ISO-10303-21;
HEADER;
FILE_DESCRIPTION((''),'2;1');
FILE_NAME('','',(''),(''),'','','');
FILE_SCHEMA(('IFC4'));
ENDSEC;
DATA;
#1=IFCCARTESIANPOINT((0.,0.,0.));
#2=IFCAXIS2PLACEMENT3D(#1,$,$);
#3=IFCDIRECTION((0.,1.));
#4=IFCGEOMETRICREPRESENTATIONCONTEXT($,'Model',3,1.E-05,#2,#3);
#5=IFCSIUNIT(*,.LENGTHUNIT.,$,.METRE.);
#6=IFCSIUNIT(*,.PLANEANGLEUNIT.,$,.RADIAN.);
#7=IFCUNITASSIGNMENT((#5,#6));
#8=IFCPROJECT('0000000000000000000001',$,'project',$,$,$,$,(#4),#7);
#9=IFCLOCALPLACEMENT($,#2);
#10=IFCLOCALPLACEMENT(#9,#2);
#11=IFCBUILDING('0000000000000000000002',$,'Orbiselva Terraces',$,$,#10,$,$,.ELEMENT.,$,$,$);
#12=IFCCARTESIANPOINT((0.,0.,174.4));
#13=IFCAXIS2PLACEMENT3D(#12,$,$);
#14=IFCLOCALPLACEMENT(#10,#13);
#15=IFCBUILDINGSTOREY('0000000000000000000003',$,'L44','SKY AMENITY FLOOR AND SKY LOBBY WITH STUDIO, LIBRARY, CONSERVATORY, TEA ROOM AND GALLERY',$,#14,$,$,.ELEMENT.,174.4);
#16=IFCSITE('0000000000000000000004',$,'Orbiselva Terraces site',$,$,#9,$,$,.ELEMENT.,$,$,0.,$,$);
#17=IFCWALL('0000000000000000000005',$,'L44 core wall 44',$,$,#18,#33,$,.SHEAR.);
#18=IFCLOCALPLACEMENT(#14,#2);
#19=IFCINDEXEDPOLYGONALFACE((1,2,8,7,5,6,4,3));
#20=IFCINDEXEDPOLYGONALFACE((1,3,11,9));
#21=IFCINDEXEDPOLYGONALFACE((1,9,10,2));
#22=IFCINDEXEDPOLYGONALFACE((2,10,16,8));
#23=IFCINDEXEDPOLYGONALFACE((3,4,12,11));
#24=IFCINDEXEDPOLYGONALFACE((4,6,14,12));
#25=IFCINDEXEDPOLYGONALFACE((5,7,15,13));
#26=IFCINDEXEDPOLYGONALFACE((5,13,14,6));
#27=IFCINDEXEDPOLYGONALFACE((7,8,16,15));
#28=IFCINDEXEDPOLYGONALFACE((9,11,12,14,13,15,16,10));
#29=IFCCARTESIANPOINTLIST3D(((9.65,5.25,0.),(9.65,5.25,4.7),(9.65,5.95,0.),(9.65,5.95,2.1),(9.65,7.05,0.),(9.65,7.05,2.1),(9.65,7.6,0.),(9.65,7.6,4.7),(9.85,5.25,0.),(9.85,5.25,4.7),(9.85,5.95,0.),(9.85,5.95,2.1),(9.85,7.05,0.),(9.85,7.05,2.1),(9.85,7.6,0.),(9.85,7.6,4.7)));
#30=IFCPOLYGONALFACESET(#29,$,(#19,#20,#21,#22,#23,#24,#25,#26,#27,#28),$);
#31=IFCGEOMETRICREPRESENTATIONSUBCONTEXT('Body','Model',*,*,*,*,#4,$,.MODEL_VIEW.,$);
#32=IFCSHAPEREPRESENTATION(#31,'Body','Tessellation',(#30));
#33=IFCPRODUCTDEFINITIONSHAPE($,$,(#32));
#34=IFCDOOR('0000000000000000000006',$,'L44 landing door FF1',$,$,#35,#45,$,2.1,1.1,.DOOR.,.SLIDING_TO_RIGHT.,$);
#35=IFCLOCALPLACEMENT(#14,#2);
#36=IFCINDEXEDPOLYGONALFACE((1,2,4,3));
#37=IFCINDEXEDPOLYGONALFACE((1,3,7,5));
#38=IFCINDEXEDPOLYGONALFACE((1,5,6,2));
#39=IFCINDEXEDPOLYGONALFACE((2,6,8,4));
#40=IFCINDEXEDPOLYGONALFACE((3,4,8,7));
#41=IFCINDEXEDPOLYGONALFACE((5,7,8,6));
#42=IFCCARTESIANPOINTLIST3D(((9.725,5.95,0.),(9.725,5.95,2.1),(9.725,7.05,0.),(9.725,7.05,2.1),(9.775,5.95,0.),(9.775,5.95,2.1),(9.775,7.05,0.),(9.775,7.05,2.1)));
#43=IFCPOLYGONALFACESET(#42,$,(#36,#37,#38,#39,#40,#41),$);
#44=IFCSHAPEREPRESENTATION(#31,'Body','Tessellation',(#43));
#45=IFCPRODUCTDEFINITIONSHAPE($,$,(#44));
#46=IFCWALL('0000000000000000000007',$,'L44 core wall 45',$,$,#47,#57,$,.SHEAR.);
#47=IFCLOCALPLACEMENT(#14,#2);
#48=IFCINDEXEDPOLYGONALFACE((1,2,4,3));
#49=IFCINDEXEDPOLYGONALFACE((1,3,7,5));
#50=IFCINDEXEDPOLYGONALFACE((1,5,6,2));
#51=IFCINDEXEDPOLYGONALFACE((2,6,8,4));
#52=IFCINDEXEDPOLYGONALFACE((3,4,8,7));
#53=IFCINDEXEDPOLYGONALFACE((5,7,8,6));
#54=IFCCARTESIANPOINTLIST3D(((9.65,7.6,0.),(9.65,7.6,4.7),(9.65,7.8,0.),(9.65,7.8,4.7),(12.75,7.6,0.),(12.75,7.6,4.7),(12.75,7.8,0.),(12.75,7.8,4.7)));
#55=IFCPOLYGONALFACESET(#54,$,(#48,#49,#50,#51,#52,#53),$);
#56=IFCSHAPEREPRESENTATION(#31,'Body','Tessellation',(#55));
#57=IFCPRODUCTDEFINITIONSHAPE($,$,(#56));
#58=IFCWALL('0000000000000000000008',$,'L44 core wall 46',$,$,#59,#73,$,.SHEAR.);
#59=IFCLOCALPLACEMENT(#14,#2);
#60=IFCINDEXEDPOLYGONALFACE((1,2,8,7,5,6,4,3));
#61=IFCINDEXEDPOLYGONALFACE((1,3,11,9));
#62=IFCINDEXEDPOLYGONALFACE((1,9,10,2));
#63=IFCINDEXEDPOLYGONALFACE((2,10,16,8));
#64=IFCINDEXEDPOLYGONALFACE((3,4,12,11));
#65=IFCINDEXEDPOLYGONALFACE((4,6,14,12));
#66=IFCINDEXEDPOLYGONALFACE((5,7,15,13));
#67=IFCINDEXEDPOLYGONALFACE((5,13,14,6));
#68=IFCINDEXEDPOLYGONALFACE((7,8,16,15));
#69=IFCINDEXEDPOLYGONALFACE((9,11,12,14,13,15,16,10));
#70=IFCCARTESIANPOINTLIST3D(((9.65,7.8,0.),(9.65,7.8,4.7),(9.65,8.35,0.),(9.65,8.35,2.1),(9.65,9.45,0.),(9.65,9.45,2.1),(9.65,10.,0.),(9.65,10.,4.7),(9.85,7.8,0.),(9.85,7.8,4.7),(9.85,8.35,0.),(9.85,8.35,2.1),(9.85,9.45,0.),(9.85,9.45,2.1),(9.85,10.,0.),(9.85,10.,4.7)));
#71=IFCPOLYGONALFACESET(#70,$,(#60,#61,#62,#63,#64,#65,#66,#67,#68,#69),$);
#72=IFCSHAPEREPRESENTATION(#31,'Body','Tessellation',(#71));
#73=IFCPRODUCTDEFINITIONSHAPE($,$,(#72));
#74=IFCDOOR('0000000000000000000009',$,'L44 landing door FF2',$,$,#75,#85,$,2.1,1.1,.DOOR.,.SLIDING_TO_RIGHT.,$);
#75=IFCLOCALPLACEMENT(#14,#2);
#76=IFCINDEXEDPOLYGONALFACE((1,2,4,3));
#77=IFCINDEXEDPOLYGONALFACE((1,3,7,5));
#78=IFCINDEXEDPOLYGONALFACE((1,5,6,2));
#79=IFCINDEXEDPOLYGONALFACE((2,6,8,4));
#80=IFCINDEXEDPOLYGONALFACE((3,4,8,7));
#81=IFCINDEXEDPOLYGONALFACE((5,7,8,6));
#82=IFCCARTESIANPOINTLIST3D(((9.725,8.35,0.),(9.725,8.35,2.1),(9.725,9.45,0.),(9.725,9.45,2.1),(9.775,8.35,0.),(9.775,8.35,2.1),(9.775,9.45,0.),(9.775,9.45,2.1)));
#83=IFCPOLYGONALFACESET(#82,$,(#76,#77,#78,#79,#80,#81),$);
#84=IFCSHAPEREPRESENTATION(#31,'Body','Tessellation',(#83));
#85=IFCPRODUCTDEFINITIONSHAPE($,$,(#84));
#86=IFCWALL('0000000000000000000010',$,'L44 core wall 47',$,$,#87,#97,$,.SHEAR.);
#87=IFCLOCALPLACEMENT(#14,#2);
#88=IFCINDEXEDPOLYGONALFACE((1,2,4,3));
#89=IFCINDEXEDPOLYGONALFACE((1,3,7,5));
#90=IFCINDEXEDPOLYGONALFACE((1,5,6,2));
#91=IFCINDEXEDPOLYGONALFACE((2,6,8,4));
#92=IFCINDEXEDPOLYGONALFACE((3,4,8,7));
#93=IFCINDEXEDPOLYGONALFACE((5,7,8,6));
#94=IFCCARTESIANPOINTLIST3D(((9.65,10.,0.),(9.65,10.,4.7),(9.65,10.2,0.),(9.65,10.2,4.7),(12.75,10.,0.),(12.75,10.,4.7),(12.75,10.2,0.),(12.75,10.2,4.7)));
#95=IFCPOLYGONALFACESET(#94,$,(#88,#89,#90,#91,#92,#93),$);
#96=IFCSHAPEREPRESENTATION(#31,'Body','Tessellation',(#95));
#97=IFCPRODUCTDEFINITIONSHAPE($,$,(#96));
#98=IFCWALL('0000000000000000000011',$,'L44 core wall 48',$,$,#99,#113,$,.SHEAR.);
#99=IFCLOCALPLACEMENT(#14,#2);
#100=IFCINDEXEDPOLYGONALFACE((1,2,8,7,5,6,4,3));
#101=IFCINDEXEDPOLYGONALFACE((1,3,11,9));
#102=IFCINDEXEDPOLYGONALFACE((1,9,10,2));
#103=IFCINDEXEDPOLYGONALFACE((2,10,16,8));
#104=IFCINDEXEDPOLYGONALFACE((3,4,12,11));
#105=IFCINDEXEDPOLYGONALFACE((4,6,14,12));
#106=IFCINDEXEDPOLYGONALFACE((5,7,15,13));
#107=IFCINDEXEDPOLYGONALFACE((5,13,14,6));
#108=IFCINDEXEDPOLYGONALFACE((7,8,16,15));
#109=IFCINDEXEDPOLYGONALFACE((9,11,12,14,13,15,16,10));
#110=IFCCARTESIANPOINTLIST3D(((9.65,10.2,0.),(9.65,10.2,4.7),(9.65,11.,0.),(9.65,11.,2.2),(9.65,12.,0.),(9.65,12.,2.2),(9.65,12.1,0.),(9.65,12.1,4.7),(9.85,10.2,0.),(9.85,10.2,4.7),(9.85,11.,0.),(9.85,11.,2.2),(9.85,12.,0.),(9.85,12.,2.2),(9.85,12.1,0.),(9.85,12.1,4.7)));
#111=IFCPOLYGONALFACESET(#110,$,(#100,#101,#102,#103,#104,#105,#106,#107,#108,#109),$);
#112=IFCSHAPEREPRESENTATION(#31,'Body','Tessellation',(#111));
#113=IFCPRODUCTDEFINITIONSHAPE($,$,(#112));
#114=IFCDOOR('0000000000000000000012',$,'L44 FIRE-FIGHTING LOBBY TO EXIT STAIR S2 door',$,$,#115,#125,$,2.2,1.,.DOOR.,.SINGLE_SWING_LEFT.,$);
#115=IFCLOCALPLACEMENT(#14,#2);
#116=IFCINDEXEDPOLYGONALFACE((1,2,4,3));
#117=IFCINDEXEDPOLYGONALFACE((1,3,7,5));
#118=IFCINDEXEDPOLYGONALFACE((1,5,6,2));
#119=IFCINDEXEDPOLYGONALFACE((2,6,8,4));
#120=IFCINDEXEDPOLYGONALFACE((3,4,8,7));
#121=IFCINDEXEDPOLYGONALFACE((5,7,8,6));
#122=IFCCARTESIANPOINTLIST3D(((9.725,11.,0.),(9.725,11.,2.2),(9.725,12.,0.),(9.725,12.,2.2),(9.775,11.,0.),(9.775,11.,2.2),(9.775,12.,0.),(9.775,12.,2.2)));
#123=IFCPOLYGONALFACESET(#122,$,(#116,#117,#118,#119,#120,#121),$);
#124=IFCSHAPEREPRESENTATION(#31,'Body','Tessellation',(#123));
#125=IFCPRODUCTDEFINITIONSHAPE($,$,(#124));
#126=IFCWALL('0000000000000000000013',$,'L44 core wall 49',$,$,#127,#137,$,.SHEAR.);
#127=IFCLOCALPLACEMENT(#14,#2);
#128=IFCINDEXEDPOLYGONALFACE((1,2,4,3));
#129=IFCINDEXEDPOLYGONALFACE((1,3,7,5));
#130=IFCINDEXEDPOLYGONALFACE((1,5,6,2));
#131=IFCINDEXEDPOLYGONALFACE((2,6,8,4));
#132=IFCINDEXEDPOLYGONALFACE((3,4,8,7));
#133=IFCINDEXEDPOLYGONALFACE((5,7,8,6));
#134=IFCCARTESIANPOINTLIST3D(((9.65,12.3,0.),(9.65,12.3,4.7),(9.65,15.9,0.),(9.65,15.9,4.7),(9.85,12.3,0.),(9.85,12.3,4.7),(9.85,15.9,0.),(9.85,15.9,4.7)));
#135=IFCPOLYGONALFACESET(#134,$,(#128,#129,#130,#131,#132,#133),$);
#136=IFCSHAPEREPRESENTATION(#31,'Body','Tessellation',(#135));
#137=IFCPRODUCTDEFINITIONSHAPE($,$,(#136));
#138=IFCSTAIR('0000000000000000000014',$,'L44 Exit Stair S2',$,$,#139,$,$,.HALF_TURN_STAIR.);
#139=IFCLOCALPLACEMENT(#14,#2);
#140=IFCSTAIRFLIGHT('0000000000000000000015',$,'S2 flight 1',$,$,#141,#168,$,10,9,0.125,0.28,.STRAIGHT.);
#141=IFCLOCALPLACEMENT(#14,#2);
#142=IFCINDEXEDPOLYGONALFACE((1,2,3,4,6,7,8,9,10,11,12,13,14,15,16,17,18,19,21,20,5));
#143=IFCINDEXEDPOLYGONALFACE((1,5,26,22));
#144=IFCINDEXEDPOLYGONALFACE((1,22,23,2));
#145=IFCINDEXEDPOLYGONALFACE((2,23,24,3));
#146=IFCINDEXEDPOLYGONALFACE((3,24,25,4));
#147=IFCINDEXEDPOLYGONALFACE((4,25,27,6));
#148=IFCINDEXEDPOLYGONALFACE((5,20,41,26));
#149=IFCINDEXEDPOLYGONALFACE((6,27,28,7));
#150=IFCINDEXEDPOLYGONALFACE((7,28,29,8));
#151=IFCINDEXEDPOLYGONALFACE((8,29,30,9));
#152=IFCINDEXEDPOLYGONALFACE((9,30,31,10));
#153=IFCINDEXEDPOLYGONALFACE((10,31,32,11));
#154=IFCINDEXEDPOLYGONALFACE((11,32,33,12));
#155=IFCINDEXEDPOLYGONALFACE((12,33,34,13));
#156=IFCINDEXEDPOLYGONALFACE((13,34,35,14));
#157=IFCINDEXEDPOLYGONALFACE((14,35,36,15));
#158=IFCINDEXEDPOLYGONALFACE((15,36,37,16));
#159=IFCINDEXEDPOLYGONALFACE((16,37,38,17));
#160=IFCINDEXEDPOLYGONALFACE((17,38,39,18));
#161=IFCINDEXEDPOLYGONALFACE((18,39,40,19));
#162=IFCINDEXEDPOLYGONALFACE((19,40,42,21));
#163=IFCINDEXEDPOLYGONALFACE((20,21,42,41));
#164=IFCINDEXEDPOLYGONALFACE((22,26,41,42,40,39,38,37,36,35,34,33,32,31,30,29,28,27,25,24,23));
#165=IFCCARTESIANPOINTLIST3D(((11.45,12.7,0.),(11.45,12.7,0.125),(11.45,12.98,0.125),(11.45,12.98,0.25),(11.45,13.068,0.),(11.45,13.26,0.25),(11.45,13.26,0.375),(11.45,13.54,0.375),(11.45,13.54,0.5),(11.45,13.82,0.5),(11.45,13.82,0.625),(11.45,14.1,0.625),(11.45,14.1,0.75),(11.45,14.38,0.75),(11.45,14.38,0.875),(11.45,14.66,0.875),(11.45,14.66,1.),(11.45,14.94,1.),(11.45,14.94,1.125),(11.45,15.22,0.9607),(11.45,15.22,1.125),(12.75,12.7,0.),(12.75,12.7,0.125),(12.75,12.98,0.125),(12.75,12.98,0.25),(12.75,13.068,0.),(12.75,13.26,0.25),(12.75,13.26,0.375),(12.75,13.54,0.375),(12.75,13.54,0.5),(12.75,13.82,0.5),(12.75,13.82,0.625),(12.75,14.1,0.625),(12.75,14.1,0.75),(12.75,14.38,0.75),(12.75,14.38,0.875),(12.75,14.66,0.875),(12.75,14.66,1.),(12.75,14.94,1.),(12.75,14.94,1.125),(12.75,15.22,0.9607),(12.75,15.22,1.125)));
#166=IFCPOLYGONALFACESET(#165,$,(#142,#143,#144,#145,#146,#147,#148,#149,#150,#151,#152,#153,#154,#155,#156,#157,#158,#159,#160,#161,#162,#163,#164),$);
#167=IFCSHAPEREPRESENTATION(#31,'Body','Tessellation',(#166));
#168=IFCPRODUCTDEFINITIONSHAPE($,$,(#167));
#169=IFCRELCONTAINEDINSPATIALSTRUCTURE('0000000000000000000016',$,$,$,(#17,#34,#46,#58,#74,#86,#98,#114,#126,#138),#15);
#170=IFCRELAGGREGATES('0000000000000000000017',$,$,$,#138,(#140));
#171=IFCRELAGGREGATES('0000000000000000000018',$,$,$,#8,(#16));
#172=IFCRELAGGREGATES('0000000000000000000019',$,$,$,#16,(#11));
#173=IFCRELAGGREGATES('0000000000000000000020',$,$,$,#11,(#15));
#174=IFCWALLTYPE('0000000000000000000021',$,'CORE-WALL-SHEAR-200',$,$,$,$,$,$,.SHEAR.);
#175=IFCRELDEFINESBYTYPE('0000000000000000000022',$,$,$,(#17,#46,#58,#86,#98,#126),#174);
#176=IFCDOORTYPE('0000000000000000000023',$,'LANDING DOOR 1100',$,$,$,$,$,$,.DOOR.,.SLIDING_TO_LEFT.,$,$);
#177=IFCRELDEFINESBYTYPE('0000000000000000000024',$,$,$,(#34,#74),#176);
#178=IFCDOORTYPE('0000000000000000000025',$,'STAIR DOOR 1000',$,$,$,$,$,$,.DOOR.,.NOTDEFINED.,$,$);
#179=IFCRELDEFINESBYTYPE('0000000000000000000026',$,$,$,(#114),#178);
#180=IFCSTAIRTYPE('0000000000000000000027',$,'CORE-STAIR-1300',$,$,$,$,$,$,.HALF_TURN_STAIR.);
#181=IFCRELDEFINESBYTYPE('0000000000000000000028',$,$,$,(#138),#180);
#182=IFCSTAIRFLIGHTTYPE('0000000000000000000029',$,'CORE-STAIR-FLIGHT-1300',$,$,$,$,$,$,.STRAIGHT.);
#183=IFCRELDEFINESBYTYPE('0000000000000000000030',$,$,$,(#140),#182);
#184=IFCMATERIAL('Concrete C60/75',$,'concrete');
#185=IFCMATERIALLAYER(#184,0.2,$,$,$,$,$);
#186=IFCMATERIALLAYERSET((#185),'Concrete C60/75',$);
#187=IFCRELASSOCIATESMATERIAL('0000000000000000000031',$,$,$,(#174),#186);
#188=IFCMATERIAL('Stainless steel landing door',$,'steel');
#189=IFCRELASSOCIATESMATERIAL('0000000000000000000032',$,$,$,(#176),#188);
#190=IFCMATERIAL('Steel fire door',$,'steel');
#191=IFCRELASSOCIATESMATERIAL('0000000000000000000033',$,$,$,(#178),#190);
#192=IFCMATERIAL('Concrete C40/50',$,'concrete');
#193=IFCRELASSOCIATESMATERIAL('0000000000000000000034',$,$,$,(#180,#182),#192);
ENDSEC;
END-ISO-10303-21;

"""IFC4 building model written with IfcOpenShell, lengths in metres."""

from ifc_helpers import new_model, si_unit, direction, frame, frame_2d, origin, place, context, subcontext, project, spatial, polyline, rectangle, outline, extrude, material, layer, layer_set, type_object, element, fill, aggregate, save


model = new_model("IFC4")

# Units and contexts
model_context = context("Model", 3, precision=1e-05, world=origin(), true_north=direction((0.0, 1.0)))
body_context = subcontext(model_context, "Body", "Model", "MODEL_VIEW")
ifc_project = project(units=[si_unit("LENGTHUNIT", "METRE"), si_unit("PLANEANGLEUNIT", "RADIAN")], contexts=[model_context])

# Site, building, storey
site_placement = place(None, origin())
site = spatial("IfcSite", under=ifc_project, at=site_placement, Name="Orbiselva Terraces site", CompositionType="ELEMENT", RefElevation=0.0)
building_placement = place(site_placement, origin())
building = spatial("IfcBuilding", under=site, at=building_placement, Name="Orbiselva Terraces", CompositionType="ELEMENT")
storey_placement = place(building_placement, frame((0.0, 0.0, 174.4)))
storey = spatial("IfcBuildingStorey", under=building, at=storey_placement, Name="L44", Description="SKY AMENITY FLOOR AND SKY LOBBY WITH STUDIO, LIBRARY, CONSERVATORY, TEA ROOM AND GALLERY", CompositionType="ELEMENT", Elevation=174.4)

# Shared definitions
ifc_material_1 = material(Name="Steel fire door", Category="steel")

# Shared definitions
ifc_material_2 = material(Name="Concrete C60/75", Category="concrete")
ifc_layer_1 = layer(ifc_material_2, 0.2)
ifc_layer_set_1 = layer_set([ifc_layer_1], Name="Concrete C60/75")
wall_type_1 = type_object("IfcWallType", Name="CORE-WALL-SHEAR-200", PredefinedType="SHEAR", material=ifc_layer_set_1)

# Wall, opening, door
wall_1_placement = place(storey_placement, frame((9.75, 5.25, 0.0), z_axis=(0.0, 0.0, 1.0), x_axis=(0.0, 1.0, 0.0)))
wall_1 = element("IfcWall", 1, at=wall_1_placement, inside=storey, type_object=wall_type_1, Name="L44 core wall 44", PredefinedType="SHEAR", context=body_context, shape_type="SweptSolid", body=[
    extrude(rectangle(XDim=2.35, YDim=0.2, at=frame_2d((1.175, 0.0))), origin(), (0.0, 0.0, 1.0), 4.7),
])
opening_1_placement = place(wall_1_placement, frame((0.7, 0.0, 0.0)))
opening_1 = element("IfcOpeningElement", 2, at=opening_1_placement, cuts=wall_1, PredefinedType="OPENING", context=body_context, shape_type="SweptSolid", body=[
    extrude(rectangle(XDim=1.1, YDim=2.1, at=frame_2d((0.55, 1.05))), frame((0.0, 0.11, 0.0), z_axis=(0.0, -1.0, 0.0), x_axis=(1.0, 0.0, 0.0)), (0.0, 0.0, 1.0), 0.22),
])
ifc_material_3 = material(Name="Stainless steel landing door", Category="steel")
door_type_1 = type_object("IfcDoorType", Name="LANDING DOOR 1100", OperationType="SLIDING_TO_LEFT", PredefinedType="DOOR", material=ifc_material_3)
door_1_placement = place(opening_1_placement, origin())
door_1 = element("IfcDoor", 3, at=door_1_placement, inside=storey, type_object=door_type_1, Name="L44 landing door FF1", OperationType="SLIDING_TO_RIGHT", OverallHeight=2.1, OverallWidth=1.1, PredefinedType="DOOR", context=body_context, shape_type="SweptSolid", body=[
    extrude(rectangle(XDim=1.1, YDim=2.1, at=frame_2d((0.55, 1.05))), frame((0.0, 0.025, 0.0), z_axis=(0.0, -1.0, 0.0), x_axis=(1.0, 0.0, 0.0)), (0.0, 0.0, 1.0), 0.05),
])
fill(opening_1, door_1)

# Wall
wall_2_placement = place(storey_placement, frame((9.65, 7.7, 0.0), z_axis=(0.0, 0.0, 1.0), x_axis=(1.0, 0.0, 0.0)))
element("IfcWall", 4, at=wall_2_placement, inside=storey, type_object=wall_type_1, Name="L44 core wall 45", PredefinedType="SHEAR", context=body_context, shape_type="SweptSolid", body=[
    extrude(rectangle(XDim=3.1, YDim=0.2, at=frame_2d((1.55, 0.0))), origin(), (0.0, 0.0, 1.0), 4.7),
])

# Wall, opening, door
wall_3_placement = place(storey_placement, frame((9.75, 7.8, 0.0), z_axis=(0.0, 0.0, 1.0), x_axis=(0.0, 1.0, 0.0)))
wall_3 = element("IfcWall", 5, at=wall_3_placement, inside=storey, type_object=wall_type_1, Name="L44 core wall 46", PredefinedType="SHEAR", context=body_context, shape_type="SweptSolid", body=[
    extrude(rectangle(XDim=2.2, YDim=0.2, at=frame_2d((1.1, 0.0))), origin(), (0.0, 0.0, 1.0), 4.7),
])
opening_2_placement = place(wall_3_placement, frame((0.55, 0.0, 0.0)))
opening_2 = element("IfcOpeningElement", 6, at=opening_2_placement, cuts=wall_3, PredefinedType="OPENING", context=body_context, shape_type="SweptSolid", body=[
    extrude(rectangle(XDim=1.1, YDim=2.1, at=frame_2d((0.55, 1.05))), frame((0.0, 0.11, 0.0), z_axis=(0.0, -1.0, 0.0), x_axis=(1.0, 0.0, 0.0)), (0.0, 0.0, 1.0), 0.22),
])
door_2_placement = place(opening_2_placement, origin())
door_2 = element("IfcDoor", 7, at=door_2_placement, inside=storey, type_object=door_type_1, Name="L44 landing door FF2", OperationType="SLIDING_TO_RIGHT", OverallHeight=2.1, OverallWidth=1.1, PredefinedType="DOOR", context=body_context, shape_type="SweptSolid", body=[
    extrude(rectangle(XDim=1.1, YDim=2.1, at=frame_2d((0.55, 1.05))), frame((0.0, 0.025, 0.0), z_axis=(0.0, -1.0, 0.0), x_axis=(1.0, 0.0, 0.0)), (0.0, 0.0, 1.0), 0.05),
])
fill(opening_2, door_2)

# Wall
wall_4_placement = place(storey_placement, frame((9.65, 10.1, 0.0), z_axis=(0.0, 0.0, 1.0), x_axis=(1.0, 0.0, 0.0)))
element("IfcWall", 8, at=wall_4_placement, inside=storey, type_object=wall_type_1, Name="L44 core wall 47", PredefinedType="SHEAR", context=body_context, shape_type="SweptSolid", body=[
    extrude(rectangle(XDim=3.1, YDim=0.2, at=frame_2d((1.55, 0.0))), origin(), (0.0, 0.0, 1.0), 4.7),
])

# Wall, opening, door
wall_5_placement = place(storey_placement, frame((9.75, 12.1, 0.0), z_axis=(0.0, 0.0, 1.0), x_axis=(0.0, -1.0, 0.0)))
wall_5 = element("IfcWall", 9, at=wall_5_placement, inside=storey, type_object=wall_type_1, Name="L44 core wall 48", PredefinedType="SHEAR", context=body_context, shape_type="SweptSolid", body=[
    extrude(rectangle(XDim=1.9, YDim=0.2, at=frame_2d((0.95, 0.0))), origin(), (0.0, 0.0, 1.0), 4.7),
])
opening_3_placement = place(wall_5_placement, frame((0.1, 0.0, 0.0)))
opening_3 = element("IfcOpeningElement", 10, at=opening_3_placement, cuts=wall_5, PredefinedType="OPENING", context=body_context, shape_type="SweptSolid", body=[
    extrude(rectangle(XDim=1.0, YDim=2.2, at=frame_2d((0.5, 1.1))), frame((0.0, 0.11, 0.0), z_axis=(0.0, -1.0, 0.0), x_axis=(1.0, 0.0, 0.0)), (0.0, 0.0, 1.0), 0.22),
])
door_type_2 = type_object("IfcDoorType", Name="STAIR DOOR 1000", OperationType="NOTDEFINED", PredefinedType="DOOR", material=ifc_material_1)
door_3_placement = place(opening_3_placement, origin())
door_3 = element("IfcDoor", 11, at=door_3_placement, inside=storey, type_object=door_type_2, Name="L44 FIRE-FIGHTING LOBBY TO EXIT STAIR S2 door", OperationType="SINGLE_SWING_LEFT", OverallHeight=2.2, OverallWidth=1.0, PredefinedType="DOOR", context=body_context, shape_type="SweptSolid", body=[
    extrude(rectangle(XDim=1.0, YDim=2.2, at=frame_2d((0.5, 1.1))), frame((0.0, 0.025, 0.0), z_axis=(0.0, -1.0, 0.0), x_axis=(1.0, 0.0, 0.0)), (0.0, 0.0, 1.0), 0.05),
])
fill(opening_3, door_3)

# Wall
wall_6_placement = place(storey_placement, frame((9.75, 12.3, 0.0), z_axis=(0.0, 0.0, 1.0), x_axis=(0.0, 1.0, 0.0)))
element("IfcWall", 12, at=wall_6_placement, inside=storey, type_object=wall_type_1, Name="L44 core wall 49", PredefinedType="SHEAR", context=body_context, shape_type="SweptSolid", body=[
    extrude(rectangle(XDim=3.6, YDim=0.2, at=frame_2d((1.8, 0.0))), origin(), (0.0, 0.0, 1.0), 4.7),
])

# Stair, stair flight
ifc_material_4 = material(Name="Concrete C40/50", Category="concrete")
stair_type = type_object("IfcStairType", Name="CORE-STAIR-1300", PredefinedType="HALF_TURN_STAIR", material=ifc_material_4)
stair_placement = place(storey_placement, origin())
stair = element("IfcStair", 13, at=stair_placement, inside=storey, type_object=stair_type, Name="L44 Exit Stair S2", PredefinedType="HALF_TURN_STAIR")
stair_flight_type = type_object("IfcStairFlightType", Name="CORE-STAIR-FLIGHT-1300", PredefinedType="STRAIGHT", material=ifc_material_4)
stair_flight_1_placement = place(storey_placement, frame((12.1, 12.7, 0.0), z_axis=(0.0, 0.0, 1.0), x_axis=(0.0, 1.0, 0.0)))
stair_flight_1 = element("IfcStairFlight", 14, at=stair_flight_1_placement, type_object=stair_flight_type, Name="S2 flight 1", NumberOfRisers=10, NumberOfTreads=9, PredefinedType="STRAIGHT", RiserHeight=0.125, TreadLength=0.28, context=body_context, shape_type="SweptSolid", body=[
    extrude(outline(polyline([(0.0, 0.0), (0.0, 0.125), (0.28, 0.125), (0.28, 0.25), (0.56, 0.25), (0.56, 0.375), (0.84, 0.375), (0.84, 0.5), (1.12, 0.5), (1.12, 0.625), (1.4, 0.625), (1.4, 0.75), (1.68, 0.75), (1.68, 0.875), (1.96, 0.875), (1.96, 1.0), (2.24, 1.0), (2.24, 1.125), (2.52, 1.125), (2.52, 1.25), (2.52, 0.9607), (0.368, 0.0), (0.0, 0.0)])), frame((0.0, 0.65, 0.0), z_axis=(0.0, -1.0, 0.0), x_axis=(1.0, 0.0, 0.0)), (0.0, 0.0, 1.0), 1.3),
])
aggregate(stair, [stair_flight_1])

save(model, "model.ifc")
